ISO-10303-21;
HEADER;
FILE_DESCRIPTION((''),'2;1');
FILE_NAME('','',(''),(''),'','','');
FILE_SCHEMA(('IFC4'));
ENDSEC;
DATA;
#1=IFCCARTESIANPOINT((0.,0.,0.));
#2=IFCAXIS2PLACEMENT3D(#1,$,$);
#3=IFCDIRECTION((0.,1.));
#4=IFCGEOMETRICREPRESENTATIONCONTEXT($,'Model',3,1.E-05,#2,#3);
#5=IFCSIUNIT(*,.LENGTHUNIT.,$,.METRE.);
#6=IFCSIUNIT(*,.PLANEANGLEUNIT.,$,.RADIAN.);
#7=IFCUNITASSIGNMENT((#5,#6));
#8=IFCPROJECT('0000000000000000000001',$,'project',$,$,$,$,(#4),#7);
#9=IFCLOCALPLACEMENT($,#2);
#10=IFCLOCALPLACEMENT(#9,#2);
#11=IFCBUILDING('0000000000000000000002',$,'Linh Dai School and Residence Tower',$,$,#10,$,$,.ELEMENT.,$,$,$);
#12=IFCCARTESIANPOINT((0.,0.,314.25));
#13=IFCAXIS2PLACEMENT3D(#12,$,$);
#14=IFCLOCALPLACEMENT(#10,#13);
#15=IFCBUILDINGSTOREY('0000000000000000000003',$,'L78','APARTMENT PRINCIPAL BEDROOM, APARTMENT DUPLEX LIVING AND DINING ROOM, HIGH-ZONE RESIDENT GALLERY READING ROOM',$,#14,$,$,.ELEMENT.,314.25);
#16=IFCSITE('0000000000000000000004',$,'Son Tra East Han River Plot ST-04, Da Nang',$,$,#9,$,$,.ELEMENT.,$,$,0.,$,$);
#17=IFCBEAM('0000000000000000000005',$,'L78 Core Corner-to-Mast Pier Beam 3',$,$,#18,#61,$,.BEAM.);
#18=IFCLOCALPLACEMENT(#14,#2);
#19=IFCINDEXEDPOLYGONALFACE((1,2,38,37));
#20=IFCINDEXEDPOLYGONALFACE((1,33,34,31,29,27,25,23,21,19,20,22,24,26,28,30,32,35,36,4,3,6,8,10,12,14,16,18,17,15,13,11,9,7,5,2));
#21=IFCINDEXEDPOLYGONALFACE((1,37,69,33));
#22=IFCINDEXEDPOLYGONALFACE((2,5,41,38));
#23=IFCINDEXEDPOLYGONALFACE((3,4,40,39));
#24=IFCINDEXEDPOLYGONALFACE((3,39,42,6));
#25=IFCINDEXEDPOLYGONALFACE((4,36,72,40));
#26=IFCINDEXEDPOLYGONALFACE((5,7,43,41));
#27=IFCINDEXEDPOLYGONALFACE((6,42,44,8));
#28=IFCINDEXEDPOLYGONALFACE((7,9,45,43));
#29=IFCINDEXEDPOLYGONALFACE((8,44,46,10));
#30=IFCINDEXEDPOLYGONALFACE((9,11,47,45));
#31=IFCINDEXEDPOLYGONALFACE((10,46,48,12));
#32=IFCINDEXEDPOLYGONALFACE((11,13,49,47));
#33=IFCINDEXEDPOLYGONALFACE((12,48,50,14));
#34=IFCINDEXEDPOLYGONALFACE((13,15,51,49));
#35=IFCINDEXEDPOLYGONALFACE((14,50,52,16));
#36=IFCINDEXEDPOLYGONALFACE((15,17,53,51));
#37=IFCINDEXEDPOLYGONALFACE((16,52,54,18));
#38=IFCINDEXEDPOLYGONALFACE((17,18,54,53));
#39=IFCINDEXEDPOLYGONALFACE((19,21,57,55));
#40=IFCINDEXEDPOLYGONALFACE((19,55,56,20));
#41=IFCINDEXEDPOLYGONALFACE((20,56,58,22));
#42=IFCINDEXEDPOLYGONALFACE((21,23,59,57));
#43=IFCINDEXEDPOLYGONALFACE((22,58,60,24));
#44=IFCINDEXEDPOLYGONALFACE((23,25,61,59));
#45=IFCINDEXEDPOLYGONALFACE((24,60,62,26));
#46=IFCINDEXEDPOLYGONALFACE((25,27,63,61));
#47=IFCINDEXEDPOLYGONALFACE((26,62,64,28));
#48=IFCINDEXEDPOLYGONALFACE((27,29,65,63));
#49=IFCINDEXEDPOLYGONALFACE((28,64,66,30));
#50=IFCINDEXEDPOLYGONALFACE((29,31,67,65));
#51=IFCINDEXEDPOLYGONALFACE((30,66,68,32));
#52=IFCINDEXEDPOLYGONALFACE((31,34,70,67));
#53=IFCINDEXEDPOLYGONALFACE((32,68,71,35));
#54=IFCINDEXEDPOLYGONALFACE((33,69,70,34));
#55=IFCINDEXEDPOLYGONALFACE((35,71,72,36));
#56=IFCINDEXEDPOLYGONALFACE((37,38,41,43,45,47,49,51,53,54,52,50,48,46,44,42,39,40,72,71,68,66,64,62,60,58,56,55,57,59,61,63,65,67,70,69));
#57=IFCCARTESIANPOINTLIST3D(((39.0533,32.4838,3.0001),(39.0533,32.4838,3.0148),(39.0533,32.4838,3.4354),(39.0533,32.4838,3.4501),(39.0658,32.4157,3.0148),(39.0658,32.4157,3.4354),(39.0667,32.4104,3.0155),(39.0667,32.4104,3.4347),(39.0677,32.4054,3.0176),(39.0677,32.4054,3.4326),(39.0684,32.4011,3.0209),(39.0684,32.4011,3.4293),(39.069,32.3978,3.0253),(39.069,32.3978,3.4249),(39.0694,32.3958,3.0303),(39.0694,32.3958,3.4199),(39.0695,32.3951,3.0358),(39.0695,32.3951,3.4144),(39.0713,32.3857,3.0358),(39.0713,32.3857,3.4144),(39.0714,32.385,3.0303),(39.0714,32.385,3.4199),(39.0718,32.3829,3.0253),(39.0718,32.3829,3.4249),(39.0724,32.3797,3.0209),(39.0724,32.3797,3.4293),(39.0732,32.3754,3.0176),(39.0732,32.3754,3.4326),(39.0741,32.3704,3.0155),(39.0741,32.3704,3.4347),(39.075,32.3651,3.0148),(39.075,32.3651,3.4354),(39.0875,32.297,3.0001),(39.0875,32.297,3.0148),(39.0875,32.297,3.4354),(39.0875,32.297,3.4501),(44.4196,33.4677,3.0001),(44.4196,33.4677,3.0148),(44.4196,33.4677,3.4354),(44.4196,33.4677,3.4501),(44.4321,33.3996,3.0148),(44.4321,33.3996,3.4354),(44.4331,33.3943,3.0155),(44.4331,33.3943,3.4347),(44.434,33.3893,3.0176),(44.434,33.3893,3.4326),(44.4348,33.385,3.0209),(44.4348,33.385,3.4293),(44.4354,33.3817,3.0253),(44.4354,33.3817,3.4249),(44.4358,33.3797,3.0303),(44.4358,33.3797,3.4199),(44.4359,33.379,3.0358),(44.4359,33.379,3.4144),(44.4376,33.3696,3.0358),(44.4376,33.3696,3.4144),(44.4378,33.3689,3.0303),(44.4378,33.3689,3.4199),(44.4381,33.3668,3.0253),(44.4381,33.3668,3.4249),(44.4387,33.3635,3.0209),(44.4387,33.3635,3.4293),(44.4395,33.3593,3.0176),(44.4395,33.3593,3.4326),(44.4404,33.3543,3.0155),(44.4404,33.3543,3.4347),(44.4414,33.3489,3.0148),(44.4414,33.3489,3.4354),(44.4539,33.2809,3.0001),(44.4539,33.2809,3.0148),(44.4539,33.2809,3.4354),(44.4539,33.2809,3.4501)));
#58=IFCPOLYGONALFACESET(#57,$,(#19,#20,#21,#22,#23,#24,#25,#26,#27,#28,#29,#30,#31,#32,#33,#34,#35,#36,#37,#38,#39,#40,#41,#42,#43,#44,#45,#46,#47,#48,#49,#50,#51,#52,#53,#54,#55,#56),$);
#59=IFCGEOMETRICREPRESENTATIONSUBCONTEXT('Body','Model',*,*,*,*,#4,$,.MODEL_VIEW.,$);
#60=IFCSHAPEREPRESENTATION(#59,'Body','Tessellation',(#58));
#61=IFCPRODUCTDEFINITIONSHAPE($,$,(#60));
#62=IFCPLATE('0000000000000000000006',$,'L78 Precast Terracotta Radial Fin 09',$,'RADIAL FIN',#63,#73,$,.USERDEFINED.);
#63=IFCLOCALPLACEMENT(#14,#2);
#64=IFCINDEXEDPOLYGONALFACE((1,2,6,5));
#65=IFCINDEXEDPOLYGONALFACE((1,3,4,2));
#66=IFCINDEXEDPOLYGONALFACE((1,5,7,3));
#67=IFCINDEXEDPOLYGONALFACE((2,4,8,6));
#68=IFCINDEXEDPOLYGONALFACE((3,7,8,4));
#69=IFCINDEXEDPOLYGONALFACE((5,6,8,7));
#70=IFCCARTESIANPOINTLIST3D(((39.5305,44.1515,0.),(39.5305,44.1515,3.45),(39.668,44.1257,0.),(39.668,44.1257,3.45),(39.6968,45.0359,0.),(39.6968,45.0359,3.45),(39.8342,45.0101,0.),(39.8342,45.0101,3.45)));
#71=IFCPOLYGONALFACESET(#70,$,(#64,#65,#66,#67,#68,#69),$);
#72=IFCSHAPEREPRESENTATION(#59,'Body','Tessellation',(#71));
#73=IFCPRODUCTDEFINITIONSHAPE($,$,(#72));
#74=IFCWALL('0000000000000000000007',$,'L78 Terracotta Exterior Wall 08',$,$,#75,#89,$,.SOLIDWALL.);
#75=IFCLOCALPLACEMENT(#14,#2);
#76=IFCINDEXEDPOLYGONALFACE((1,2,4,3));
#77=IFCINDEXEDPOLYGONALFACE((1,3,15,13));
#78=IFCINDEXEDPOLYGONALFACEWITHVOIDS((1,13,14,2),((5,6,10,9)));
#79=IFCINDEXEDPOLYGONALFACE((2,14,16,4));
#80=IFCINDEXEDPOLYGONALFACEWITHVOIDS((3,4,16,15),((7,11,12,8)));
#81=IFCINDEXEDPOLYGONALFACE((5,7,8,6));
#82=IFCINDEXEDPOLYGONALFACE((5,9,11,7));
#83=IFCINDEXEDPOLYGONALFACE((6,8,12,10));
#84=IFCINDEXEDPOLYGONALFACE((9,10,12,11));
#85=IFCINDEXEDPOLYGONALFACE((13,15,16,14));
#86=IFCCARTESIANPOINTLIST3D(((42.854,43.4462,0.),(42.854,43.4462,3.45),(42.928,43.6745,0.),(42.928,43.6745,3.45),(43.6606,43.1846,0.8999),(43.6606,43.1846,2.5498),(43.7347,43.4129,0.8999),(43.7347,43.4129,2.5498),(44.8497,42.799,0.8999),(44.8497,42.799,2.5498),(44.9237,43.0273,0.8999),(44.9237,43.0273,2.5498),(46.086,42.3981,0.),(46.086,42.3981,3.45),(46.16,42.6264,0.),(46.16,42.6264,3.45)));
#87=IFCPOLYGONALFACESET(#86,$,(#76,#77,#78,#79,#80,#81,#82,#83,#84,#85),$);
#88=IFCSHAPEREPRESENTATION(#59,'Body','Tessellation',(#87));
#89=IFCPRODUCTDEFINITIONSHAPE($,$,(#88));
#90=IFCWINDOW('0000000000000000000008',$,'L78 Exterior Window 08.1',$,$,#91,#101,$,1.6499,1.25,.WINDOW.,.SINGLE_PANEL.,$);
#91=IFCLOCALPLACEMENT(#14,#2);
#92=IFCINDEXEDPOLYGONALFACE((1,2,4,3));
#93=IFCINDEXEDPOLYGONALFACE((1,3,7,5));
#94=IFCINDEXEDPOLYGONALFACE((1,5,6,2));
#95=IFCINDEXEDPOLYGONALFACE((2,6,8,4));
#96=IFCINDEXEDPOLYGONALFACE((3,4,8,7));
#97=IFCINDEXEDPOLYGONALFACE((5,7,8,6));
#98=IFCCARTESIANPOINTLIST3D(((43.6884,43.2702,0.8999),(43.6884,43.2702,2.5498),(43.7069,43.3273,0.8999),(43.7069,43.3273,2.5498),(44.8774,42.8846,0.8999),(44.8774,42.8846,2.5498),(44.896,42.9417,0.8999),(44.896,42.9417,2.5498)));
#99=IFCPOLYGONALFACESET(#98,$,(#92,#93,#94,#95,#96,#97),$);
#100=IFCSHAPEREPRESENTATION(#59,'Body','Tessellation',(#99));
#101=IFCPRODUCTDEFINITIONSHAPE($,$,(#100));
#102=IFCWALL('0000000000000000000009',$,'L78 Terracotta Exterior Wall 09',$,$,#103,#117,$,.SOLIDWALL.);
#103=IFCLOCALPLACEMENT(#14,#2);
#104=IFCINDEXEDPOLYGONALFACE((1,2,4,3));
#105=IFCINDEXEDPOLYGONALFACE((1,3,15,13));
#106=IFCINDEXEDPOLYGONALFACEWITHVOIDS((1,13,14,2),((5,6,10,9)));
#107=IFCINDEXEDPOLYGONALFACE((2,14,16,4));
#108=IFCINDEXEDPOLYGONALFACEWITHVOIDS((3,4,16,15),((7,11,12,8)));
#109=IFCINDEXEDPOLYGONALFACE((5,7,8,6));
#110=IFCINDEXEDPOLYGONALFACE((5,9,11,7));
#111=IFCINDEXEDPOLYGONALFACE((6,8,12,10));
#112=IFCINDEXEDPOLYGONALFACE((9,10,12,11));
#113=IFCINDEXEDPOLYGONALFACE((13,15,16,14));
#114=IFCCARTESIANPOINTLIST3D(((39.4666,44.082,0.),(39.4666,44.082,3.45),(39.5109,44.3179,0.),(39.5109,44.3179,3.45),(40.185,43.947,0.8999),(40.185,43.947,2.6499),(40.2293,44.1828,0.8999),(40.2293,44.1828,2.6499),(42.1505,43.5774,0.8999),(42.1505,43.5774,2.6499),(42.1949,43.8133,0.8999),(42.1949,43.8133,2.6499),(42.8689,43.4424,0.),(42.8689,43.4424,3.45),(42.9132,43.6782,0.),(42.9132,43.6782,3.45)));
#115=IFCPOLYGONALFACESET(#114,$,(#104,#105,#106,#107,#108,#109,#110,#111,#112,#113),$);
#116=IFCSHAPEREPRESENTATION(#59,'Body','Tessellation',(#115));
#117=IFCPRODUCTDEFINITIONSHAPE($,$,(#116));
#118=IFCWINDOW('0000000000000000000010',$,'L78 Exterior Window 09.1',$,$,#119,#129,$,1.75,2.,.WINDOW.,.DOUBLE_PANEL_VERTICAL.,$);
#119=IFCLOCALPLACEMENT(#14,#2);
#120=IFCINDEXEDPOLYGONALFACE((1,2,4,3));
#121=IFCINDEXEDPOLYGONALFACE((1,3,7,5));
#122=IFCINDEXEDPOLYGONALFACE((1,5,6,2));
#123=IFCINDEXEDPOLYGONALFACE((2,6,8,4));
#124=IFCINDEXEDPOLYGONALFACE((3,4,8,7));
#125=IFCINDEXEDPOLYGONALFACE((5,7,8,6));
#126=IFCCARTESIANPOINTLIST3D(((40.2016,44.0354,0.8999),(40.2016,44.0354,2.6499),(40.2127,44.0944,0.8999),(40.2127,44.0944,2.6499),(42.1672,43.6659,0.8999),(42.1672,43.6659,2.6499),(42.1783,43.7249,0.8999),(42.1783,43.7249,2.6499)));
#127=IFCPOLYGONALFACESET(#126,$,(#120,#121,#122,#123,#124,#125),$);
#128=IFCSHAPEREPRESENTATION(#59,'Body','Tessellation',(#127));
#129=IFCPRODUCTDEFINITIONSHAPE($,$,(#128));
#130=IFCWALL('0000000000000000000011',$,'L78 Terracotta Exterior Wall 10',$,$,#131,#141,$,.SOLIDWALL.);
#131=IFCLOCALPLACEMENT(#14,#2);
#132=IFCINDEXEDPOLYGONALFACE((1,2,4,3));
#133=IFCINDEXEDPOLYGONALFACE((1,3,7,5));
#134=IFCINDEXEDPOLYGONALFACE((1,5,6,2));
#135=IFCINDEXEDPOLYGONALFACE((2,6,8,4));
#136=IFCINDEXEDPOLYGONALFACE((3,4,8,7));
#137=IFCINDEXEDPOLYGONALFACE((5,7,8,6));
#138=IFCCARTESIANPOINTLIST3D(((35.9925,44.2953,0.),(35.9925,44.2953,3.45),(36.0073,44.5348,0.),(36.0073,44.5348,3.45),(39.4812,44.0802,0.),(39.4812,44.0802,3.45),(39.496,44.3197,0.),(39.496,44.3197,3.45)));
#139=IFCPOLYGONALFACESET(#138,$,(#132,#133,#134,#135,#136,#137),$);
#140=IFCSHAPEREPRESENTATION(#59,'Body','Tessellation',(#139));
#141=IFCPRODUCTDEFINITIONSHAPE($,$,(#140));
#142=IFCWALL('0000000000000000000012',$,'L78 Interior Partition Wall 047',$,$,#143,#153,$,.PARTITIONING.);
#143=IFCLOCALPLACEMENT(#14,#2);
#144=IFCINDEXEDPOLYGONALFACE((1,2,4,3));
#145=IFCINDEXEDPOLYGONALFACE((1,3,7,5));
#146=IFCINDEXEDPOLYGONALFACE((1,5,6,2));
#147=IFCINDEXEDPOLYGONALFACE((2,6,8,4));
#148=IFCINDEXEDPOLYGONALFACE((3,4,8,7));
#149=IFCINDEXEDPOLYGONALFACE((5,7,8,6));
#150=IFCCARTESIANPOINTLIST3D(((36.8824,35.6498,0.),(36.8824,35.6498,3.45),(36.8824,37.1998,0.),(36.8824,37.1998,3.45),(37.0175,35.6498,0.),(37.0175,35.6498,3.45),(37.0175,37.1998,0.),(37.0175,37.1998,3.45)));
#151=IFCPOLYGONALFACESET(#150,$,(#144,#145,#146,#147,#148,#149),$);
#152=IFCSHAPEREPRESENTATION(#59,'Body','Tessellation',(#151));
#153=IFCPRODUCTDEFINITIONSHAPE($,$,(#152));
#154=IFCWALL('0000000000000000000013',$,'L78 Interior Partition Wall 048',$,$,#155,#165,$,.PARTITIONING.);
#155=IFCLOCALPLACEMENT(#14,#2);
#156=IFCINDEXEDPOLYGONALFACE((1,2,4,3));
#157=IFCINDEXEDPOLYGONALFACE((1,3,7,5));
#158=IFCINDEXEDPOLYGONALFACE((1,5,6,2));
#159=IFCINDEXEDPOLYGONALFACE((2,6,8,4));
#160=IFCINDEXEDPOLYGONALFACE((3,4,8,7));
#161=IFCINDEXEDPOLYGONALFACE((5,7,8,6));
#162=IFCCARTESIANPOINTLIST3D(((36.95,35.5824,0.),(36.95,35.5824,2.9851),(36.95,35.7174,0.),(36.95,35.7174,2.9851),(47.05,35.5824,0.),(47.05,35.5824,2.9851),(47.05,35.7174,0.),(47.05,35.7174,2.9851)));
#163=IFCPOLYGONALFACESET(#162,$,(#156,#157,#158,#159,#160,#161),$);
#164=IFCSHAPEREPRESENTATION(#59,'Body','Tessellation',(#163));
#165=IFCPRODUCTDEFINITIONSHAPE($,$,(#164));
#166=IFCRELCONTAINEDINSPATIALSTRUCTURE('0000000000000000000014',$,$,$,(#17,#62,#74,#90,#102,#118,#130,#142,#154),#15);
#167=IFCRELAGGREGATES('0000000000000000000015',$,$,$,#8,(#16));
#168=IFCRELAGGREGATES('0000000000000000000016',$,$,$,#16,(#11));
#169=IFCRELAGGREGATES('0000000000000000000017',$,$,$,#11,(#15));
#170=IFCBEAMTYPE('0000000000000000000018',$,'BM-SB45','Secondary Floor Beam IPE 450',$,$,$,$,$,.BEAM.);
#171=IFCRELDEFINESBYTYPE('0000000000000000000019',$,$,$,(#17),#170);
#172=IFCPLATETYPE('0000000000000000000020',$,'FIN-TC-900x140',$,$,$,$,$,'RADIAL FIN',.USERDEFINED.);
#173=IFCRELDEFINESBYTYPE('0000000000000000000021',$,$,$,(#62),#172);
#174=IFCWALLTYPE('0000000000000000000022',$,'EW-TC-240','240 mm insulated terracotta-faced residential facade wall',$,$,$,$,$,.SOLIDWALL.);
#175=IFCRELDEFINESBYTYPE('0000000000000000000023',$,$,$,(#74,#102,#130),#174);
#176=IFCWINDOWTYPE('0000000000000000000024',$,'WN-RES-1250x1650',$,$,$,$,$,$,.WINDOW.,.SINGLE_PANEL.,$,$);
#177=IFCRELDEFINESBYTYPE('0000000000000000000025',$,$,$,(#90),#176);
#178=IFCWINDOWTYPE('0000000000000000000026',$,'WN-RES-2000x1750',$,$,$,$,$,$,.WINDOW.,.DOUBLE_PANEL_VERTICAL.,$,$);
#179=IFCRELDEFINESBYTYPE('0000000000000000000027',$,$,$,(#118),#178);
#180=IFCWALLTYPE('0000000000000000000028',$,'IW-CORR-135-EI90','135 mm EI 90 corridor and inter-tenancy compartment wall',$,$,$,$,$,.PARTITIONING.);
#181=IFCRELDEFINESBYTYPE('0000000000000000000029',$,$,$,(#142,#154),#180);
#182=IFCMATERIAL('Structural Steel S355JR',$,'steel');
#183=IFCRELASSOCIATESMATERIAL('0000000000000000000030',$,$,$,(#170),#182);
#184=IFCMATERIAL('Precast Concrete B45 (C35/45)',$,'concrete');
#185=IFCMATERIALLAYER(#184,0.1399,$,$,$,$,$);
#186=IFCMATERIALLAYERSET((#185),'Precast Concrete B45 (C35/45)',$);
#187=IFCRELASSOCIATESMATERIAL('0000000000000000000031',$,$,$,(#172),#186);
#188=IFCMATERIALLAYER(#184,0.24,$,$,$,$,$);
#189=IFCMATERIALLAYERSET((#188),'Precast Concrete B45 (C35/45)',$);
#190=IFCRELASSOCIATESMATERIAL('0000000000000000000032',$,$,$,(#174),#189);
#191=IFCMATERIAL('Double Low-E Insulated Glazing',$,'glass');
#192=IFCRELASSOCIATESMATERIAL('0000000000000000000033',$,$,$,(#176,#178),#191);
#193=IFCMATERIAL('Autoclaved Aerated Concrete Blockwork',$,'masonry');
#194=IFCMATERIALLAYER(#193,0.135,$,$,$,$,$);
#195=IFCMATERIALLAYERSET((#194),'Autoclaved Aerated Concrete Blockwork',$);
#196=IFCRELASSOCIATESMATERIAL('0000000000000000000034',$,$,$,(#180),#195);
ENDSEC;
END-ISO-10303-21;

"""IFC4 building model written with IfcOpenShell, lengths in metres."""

from ifc_helpers import new_model, si_unit, direction, frame, frame_2d, origin, origin_2d, place, context, subcontext, project, spatial, rectangle, i_section, extrude, source, transform, mapped, material, layer, layer_set, material_profile, profile_set, type_object, element, fill, save


model = new_model("IFC4")

# Units and contexts
model_context = context("Model", 3, precision=1e-05, world=origin(), true_north=direction((0.0, 1.0)))
body_context = subcontext(model_context, "Body", "Model", "MODEL_VIEW")
ifc_project = project(units=[si_unit("LENGTHUNIT", "METRE"), si_unit("PLANEANGLEUNIT", "RADIAN")], contexts=[model_context])

# Site, building, storey
site_placement = place(None, origin())
site = spatial("IfcSite", under=ifc_project, at=site_placement, Name="Son Tra East Han River Plot ST-04, Da Nang", CompositionType="ELEMENT", RefElevation=0.0)
building_placement = place(site_placement, origin())
building = spatial("IfcBuilding", under=site, at=building_placement, Name="Linh Dai School and Residence Tower", CompositionType="ELEMENT")
storey_placement = place(building_placement, frame((0.0, 0.0, 314.25)))
storey = spatial("IfcBuildingStorey", under=building, at=storey_placement, Name="L78", Description="APARTMENT PRINCIPAL BEDROOM, APARTMENT DUPLEX LIVING AND DINING ROOM, HIGH-ZONE RESIDENT GALLERY READING ROOM", CompositionType="ELEMENT", Elevation=314.25)

# Beam
ifc_material_1 = material(Name="Structural Steel S355JR", Category="steel")
ifc_material_profile_1 = material_profile(ifc_material_1, i_section(OverallWidth=0.1899, OverallDepth=0.45, WebThickness=0.0095, FlangeThickness=0.0146, FilletRadius=0.021, at=origin_2d()), Name="IPE 450")
ifc_profile_set_1 = profile_set([ifc_material_profile_1], Name="Structural Steel S355JR")
beam_type_1 = type_object("IfcBeamType", Name="BM-SB45", Description="Secondary Floor Beam IPE 450", PredefinedType="BEAM", material=ifc_profile_set_1)
beam_1_placement = place(storey_placement, frame((44.4368, 33.3743, 3.2251), z_axis=(-0.983605, -0.180334, 0.0), x_axis=(0.180334, -0.983605, 0.0)))
element("IfcBeam", 1, at=beam_1_placement, inside=storey, type_object=beam_type_1, Name="L78 Core Corner-to-Mast Pier Beam 3", PredefinedType="BEAM", context=body_context, shape_type="SweptSolid", body=[
    extrude(i_section(OverallWidth=0.1899, OverallDepth=0.45, WebThickness=0.0095, FlangeThickness=0.0146, FilletRadius=0.021, at=origin_2d()), origin(), (0.0, 0.0, 1.0), 5.4558),
])

# Plate
ifc_material_2 = material(Name="Precast Concrete B45 (C35/45)", Category="concrete")
ifc_layer_1 = layer(ifc_material_2, 0.1399)
ifc_layer_set_1 = layer_set([ifc_layer_1], Name="Precast Concrete B45 (C35/45)")
plate_type = type_object("IfcPlateType", Name="FIN-TC-900x140", ElementType="RADIAL FIN", PredefinedType="USERDEFINED", material=ifc_layer_set_1)
shared_shape_1 = source(origin(), body_context, "Body", "SweptSolid", [
    extrude(rectangle(XDim=0.8999, YDim=0.1399, at=origin_2d()), origin(), (0.0, 0.0, 1.0), 3.45),
])
plate_placement = place(storey_placement, frame((39.6824, 44.5808, 0.0), z_axis=(0.0, 0.0, 1.0), x_axis=(0.184751, 0.982785, 0.0)))
element("IfcPlate", 2, at=plate_placement, inside=storey, type_object=plate_type, Name="L78 Precast Terracotta Radial Fin 09", ObjectType="RADIAL FIN", PredefinedType="USERDEFINED", context=body_context, shape_type="MappedRepresentation", body=[
    mapped(shared_shape_1, transform((0.0, 0.0, 0.0), x_axis=(1.0, 0.0, 0.0), y_axis=(0.0, 1.0, 0.0), z_axis=(0.0, 0.0, 1.0), scale=1.0)),
])

# Walls, openings, windows
ifc_layer_2 = layer(ifc_material_2, 0.24)
ifc_layer_set_2 = layer_set([ifc_layer_2], Name="Precast Concrete B45 (C35/45)")
wall_type_1 = type_object("IfcWallType", Name="EW-TC-240", Description="240 mm insulated terracotta-faced residential facade wall", PredefinedType="SOLIDWALL", material=ifc_layer_set_2)
wall_1_placement = place(storey_placement, frame((42.8911, 43.5603, 0.0), z_axis=(0.0, 0.0, 1.0), x_axis=(0.951231, -0.308478, 0.0)))
wall_1 = element("IfcWall", 3, at=wall_1_placement, inside=storey, type_object=wall_type_1, Name="L78 Terracotta Exterior Wall 08", PredefinedType="SOLIDWALL", context=body_context, shape_type="SweptSolid", body=[
    extrude(rectangle(XDim=3.3977, YDim=0.24, at=frame_2d((1.6987, 0.0))), origin(), (0.0, 0.0, 1.0), 3.45),
])
opening_1_placement = place(wall_1_placement, frame((0.8479, 0.0, 0.8999)))
opening_1 = element("IfcOpeningElement", 4, at=opening_1_placement, cuts=wall_1, PredefinedType="OPENING", context=body_context, shape_type="SweptSolid", body=[
    extrude(rectangle(XDim=1.25, YDim=1.6499, at=origin_2d()), frame((0.625, 0.1299, 0.825), z_axis=(0.0, -1.0, 0.0), x_axis=(1.0, 0.0, 0.0)), (0.0, 0.0, 1.0), 0.26),
])
ifc_material_3 = material(Name="Double Low-E Insulated Glazing", Category="glass")
window_type_1 = type_object("IfcWindowType", Name="WN-RES-1250x1650", PartitioningType="SINGLE_PANEL", PredefinedType="WINDOW", material=ifc_material_3)
shared_shape_2 = source(origin(), body_context, "Body", "SweptSolid", [
    extrude(rectangle(XDim=1.25, YDim=1.6499, at=origin_2d()), frame((0.625, 0.03, 0.825), z_axis=(0.0, -1.0, 0.0), x_axis=(1.0, 0.0, 0.0)), (0.0, 0.0, 1.0), 0.0601),
])
window_1_placement = place(opening_1_placement, origin())
window_1 = element("IfcWindow", 5, at=window_1_placement, inside=storey, type_object=window_type_1, Name="L78 Exterior Window 08.1", OverallHeight=1.6499, OverallWidth=1.25, PartitioningType="SINGLE_PANEL", PredefinedType="WINDOW", context=body_context, shape_type="MappedRepresentation", body=[
    mapped(shared_shape_2, transform((0.0, 0.0, 0.0), x_axis=(1.0, 0.0, 0.0), y_axis=(0.0, 1.0, 0.0), z_axis=(0.0, 0.0, 1.0), scale=1.0)),
])
fill(opening_1, window_1)
wall_2_placement = place(storey_placement, frame((39.4888, 44.2, 0.0), z_axis=(0.0, 0.0, 1.0), x_axis=(0.982783, -0.184765, 0.0)))
wall_2 = element("IfcWall", 6, at=wall_2_placement, inside=storey, type_object=wall_type_1, Name="L78 Terracotta Exterior Wall 09", PredefinedType="SOLIDWALL", context=body_context, shape_type="SweptSolid", body=[
    extrude(rectangle(XDim=3.4619, YDim=0.24, at=frame_2d((1.731, 0.0))), origin(), (0.0, 0.0, 1.0), 3.45),
])
opening_2_placement = place(wall_2_placement, frame((0.731, 0.0, 0.8999)))
opening_2 = element("IfcOpeningElement", 7, at=opening_2_placement, cuts=wall_2, PredefinedType="OPENING", context=body_context, shape_type="SweptSolid", body=[
    extrude(rectangle(XDim=2.0, YDim=1.75, at=origin_2d()), frame((1.0, 0.1299, 0.875), z_axis=(0.0, -1.0, 0.0), x_axis=(1.0, 0.0, 0.0)), (0.0, 0.0, 1.0), 0.26),
])
window_type_2 = type_object("IfcWindowType", Name="WN-RES-2000x1750", PartitioningType="DOUBLE_PANEL_VERTICAL", PredefinedType="WINDOW", material=ifc_material_3)
shared_shape_3 = source(origin(), body_context, "Body", "SweptSolid", [
    extrude(rectangle(XDim=2.0, YDim=1.75, at=origin_2d()), frame((1.0, 0.03, 0.875), z_axis=(0.0, -1.0, 0.0), x_axis=(1.0, 0.0, 0.0)), (0.0, 0.0, 1.0), 0.0601),
])
window_2_placement = place(opening_2_placement, origin())
window_2 = element("IfcWindow", 8, at=window_2_placement, inside=storey, type_object=window_type_2, Name="L78 Exterior Window 09.1", OverallHeight=1.75, OverallWidth=2.0, PartitioningType="DOUBLE_PANEL_VERTICAL", PredefinedType="WINDOW", context=body_context, shape_type="MappedRepresentation", body=[
    mapped(shared_shape_3, transform((0.0, 0.0, 0.0), x_axis=(1.0, 0.0, 0.0), y_axis=(0.0, 1.0, 0.0), z_axis=(0.0, 0.0, 1.0), scale=1.0)),
])
fill(opening_2, window_2)

# Walls
wall_3_placement = place(storey_placement, frame((36.0, 44.415, 0.0), z_axis=(0.0, 0.0, 1.0), x_axis=(0.998105, -0.061535, 0.0)))
element("IfcWall", 9, at=wall_3_placement, inside=storey, type_object=wall_type_1, Name="L78 Terracotta Exterior Wall 10", PredefinedType="SOLIDWALL", context=body_context, shape_type="SweptSolid", body=[
    extrude(rectangle(XDim=3.4954, YDim=0.24, at=frame_2d((1.7476, 0.0))), origin(), (0.0, 0.0, 1.0), 3.45),
])
ifc_material_4 = material(Name="Autoclaved Aerated Concrete Blockwork", Category="masonry")
ifc_layer_3 = layer(ifc_material_4, 0.135)
ifc_layer_set_3 = layer_set([ifc_layer_3], Name="Autoclaved Aerated Concrete Blockwork")
wall_type_2 = type_object("IfcWallType", Name="IW-CORR-135-EI90", Description="135 mm EI 90 corridor and inter-tenancy compartment wall", PredefinedType="PARTITIONING", material=ifc_layer_set_3)
wall_4_placement = place(storey_placement, frame((36.95, 35.6499, 0.0), z_axis=(0.0, 0.0, 1.0), x_axis=(0.0, 1.0, 0.0)))
element("IfcWall", 10, at=wall_4_placement, inside=storey, type_object=wall_type_2, Name="L78 Interior Partition Wall 047", PredefinedType="PARTITIONING", context=body_context, shape_type="SweptSolid", body=[
    extrude(rectangle(XDim=1.55, YDim=0.135, at=frame_2d((0.7749, 0.0))), origin(), (0.0, 0.0, 1.0), 3.45),
])
wall_5_placement = place(storey_placement, frame((36.95, 35.6499, 0.0), z_axis=(0.0, 0.0, 1.0), x_axis=(1.0, 0.0, 0.0)))
element("IfcWall", 11, at=wall_5_placement, inside=storey, type_object=wall_type_2, Name="L78 Interior Partition Wall 048", PredefinedType="PARTITIONING", context=body_context, shape_type="SweptSolid", body=[
    extrude(rectangle(XDim=10.1001, YDim=0.135, at=frame_2d((5.05, 0.0))), origin(), (0.0, 0.0, 1.0), 2.9851),
])

save(model, "model.ifc")
